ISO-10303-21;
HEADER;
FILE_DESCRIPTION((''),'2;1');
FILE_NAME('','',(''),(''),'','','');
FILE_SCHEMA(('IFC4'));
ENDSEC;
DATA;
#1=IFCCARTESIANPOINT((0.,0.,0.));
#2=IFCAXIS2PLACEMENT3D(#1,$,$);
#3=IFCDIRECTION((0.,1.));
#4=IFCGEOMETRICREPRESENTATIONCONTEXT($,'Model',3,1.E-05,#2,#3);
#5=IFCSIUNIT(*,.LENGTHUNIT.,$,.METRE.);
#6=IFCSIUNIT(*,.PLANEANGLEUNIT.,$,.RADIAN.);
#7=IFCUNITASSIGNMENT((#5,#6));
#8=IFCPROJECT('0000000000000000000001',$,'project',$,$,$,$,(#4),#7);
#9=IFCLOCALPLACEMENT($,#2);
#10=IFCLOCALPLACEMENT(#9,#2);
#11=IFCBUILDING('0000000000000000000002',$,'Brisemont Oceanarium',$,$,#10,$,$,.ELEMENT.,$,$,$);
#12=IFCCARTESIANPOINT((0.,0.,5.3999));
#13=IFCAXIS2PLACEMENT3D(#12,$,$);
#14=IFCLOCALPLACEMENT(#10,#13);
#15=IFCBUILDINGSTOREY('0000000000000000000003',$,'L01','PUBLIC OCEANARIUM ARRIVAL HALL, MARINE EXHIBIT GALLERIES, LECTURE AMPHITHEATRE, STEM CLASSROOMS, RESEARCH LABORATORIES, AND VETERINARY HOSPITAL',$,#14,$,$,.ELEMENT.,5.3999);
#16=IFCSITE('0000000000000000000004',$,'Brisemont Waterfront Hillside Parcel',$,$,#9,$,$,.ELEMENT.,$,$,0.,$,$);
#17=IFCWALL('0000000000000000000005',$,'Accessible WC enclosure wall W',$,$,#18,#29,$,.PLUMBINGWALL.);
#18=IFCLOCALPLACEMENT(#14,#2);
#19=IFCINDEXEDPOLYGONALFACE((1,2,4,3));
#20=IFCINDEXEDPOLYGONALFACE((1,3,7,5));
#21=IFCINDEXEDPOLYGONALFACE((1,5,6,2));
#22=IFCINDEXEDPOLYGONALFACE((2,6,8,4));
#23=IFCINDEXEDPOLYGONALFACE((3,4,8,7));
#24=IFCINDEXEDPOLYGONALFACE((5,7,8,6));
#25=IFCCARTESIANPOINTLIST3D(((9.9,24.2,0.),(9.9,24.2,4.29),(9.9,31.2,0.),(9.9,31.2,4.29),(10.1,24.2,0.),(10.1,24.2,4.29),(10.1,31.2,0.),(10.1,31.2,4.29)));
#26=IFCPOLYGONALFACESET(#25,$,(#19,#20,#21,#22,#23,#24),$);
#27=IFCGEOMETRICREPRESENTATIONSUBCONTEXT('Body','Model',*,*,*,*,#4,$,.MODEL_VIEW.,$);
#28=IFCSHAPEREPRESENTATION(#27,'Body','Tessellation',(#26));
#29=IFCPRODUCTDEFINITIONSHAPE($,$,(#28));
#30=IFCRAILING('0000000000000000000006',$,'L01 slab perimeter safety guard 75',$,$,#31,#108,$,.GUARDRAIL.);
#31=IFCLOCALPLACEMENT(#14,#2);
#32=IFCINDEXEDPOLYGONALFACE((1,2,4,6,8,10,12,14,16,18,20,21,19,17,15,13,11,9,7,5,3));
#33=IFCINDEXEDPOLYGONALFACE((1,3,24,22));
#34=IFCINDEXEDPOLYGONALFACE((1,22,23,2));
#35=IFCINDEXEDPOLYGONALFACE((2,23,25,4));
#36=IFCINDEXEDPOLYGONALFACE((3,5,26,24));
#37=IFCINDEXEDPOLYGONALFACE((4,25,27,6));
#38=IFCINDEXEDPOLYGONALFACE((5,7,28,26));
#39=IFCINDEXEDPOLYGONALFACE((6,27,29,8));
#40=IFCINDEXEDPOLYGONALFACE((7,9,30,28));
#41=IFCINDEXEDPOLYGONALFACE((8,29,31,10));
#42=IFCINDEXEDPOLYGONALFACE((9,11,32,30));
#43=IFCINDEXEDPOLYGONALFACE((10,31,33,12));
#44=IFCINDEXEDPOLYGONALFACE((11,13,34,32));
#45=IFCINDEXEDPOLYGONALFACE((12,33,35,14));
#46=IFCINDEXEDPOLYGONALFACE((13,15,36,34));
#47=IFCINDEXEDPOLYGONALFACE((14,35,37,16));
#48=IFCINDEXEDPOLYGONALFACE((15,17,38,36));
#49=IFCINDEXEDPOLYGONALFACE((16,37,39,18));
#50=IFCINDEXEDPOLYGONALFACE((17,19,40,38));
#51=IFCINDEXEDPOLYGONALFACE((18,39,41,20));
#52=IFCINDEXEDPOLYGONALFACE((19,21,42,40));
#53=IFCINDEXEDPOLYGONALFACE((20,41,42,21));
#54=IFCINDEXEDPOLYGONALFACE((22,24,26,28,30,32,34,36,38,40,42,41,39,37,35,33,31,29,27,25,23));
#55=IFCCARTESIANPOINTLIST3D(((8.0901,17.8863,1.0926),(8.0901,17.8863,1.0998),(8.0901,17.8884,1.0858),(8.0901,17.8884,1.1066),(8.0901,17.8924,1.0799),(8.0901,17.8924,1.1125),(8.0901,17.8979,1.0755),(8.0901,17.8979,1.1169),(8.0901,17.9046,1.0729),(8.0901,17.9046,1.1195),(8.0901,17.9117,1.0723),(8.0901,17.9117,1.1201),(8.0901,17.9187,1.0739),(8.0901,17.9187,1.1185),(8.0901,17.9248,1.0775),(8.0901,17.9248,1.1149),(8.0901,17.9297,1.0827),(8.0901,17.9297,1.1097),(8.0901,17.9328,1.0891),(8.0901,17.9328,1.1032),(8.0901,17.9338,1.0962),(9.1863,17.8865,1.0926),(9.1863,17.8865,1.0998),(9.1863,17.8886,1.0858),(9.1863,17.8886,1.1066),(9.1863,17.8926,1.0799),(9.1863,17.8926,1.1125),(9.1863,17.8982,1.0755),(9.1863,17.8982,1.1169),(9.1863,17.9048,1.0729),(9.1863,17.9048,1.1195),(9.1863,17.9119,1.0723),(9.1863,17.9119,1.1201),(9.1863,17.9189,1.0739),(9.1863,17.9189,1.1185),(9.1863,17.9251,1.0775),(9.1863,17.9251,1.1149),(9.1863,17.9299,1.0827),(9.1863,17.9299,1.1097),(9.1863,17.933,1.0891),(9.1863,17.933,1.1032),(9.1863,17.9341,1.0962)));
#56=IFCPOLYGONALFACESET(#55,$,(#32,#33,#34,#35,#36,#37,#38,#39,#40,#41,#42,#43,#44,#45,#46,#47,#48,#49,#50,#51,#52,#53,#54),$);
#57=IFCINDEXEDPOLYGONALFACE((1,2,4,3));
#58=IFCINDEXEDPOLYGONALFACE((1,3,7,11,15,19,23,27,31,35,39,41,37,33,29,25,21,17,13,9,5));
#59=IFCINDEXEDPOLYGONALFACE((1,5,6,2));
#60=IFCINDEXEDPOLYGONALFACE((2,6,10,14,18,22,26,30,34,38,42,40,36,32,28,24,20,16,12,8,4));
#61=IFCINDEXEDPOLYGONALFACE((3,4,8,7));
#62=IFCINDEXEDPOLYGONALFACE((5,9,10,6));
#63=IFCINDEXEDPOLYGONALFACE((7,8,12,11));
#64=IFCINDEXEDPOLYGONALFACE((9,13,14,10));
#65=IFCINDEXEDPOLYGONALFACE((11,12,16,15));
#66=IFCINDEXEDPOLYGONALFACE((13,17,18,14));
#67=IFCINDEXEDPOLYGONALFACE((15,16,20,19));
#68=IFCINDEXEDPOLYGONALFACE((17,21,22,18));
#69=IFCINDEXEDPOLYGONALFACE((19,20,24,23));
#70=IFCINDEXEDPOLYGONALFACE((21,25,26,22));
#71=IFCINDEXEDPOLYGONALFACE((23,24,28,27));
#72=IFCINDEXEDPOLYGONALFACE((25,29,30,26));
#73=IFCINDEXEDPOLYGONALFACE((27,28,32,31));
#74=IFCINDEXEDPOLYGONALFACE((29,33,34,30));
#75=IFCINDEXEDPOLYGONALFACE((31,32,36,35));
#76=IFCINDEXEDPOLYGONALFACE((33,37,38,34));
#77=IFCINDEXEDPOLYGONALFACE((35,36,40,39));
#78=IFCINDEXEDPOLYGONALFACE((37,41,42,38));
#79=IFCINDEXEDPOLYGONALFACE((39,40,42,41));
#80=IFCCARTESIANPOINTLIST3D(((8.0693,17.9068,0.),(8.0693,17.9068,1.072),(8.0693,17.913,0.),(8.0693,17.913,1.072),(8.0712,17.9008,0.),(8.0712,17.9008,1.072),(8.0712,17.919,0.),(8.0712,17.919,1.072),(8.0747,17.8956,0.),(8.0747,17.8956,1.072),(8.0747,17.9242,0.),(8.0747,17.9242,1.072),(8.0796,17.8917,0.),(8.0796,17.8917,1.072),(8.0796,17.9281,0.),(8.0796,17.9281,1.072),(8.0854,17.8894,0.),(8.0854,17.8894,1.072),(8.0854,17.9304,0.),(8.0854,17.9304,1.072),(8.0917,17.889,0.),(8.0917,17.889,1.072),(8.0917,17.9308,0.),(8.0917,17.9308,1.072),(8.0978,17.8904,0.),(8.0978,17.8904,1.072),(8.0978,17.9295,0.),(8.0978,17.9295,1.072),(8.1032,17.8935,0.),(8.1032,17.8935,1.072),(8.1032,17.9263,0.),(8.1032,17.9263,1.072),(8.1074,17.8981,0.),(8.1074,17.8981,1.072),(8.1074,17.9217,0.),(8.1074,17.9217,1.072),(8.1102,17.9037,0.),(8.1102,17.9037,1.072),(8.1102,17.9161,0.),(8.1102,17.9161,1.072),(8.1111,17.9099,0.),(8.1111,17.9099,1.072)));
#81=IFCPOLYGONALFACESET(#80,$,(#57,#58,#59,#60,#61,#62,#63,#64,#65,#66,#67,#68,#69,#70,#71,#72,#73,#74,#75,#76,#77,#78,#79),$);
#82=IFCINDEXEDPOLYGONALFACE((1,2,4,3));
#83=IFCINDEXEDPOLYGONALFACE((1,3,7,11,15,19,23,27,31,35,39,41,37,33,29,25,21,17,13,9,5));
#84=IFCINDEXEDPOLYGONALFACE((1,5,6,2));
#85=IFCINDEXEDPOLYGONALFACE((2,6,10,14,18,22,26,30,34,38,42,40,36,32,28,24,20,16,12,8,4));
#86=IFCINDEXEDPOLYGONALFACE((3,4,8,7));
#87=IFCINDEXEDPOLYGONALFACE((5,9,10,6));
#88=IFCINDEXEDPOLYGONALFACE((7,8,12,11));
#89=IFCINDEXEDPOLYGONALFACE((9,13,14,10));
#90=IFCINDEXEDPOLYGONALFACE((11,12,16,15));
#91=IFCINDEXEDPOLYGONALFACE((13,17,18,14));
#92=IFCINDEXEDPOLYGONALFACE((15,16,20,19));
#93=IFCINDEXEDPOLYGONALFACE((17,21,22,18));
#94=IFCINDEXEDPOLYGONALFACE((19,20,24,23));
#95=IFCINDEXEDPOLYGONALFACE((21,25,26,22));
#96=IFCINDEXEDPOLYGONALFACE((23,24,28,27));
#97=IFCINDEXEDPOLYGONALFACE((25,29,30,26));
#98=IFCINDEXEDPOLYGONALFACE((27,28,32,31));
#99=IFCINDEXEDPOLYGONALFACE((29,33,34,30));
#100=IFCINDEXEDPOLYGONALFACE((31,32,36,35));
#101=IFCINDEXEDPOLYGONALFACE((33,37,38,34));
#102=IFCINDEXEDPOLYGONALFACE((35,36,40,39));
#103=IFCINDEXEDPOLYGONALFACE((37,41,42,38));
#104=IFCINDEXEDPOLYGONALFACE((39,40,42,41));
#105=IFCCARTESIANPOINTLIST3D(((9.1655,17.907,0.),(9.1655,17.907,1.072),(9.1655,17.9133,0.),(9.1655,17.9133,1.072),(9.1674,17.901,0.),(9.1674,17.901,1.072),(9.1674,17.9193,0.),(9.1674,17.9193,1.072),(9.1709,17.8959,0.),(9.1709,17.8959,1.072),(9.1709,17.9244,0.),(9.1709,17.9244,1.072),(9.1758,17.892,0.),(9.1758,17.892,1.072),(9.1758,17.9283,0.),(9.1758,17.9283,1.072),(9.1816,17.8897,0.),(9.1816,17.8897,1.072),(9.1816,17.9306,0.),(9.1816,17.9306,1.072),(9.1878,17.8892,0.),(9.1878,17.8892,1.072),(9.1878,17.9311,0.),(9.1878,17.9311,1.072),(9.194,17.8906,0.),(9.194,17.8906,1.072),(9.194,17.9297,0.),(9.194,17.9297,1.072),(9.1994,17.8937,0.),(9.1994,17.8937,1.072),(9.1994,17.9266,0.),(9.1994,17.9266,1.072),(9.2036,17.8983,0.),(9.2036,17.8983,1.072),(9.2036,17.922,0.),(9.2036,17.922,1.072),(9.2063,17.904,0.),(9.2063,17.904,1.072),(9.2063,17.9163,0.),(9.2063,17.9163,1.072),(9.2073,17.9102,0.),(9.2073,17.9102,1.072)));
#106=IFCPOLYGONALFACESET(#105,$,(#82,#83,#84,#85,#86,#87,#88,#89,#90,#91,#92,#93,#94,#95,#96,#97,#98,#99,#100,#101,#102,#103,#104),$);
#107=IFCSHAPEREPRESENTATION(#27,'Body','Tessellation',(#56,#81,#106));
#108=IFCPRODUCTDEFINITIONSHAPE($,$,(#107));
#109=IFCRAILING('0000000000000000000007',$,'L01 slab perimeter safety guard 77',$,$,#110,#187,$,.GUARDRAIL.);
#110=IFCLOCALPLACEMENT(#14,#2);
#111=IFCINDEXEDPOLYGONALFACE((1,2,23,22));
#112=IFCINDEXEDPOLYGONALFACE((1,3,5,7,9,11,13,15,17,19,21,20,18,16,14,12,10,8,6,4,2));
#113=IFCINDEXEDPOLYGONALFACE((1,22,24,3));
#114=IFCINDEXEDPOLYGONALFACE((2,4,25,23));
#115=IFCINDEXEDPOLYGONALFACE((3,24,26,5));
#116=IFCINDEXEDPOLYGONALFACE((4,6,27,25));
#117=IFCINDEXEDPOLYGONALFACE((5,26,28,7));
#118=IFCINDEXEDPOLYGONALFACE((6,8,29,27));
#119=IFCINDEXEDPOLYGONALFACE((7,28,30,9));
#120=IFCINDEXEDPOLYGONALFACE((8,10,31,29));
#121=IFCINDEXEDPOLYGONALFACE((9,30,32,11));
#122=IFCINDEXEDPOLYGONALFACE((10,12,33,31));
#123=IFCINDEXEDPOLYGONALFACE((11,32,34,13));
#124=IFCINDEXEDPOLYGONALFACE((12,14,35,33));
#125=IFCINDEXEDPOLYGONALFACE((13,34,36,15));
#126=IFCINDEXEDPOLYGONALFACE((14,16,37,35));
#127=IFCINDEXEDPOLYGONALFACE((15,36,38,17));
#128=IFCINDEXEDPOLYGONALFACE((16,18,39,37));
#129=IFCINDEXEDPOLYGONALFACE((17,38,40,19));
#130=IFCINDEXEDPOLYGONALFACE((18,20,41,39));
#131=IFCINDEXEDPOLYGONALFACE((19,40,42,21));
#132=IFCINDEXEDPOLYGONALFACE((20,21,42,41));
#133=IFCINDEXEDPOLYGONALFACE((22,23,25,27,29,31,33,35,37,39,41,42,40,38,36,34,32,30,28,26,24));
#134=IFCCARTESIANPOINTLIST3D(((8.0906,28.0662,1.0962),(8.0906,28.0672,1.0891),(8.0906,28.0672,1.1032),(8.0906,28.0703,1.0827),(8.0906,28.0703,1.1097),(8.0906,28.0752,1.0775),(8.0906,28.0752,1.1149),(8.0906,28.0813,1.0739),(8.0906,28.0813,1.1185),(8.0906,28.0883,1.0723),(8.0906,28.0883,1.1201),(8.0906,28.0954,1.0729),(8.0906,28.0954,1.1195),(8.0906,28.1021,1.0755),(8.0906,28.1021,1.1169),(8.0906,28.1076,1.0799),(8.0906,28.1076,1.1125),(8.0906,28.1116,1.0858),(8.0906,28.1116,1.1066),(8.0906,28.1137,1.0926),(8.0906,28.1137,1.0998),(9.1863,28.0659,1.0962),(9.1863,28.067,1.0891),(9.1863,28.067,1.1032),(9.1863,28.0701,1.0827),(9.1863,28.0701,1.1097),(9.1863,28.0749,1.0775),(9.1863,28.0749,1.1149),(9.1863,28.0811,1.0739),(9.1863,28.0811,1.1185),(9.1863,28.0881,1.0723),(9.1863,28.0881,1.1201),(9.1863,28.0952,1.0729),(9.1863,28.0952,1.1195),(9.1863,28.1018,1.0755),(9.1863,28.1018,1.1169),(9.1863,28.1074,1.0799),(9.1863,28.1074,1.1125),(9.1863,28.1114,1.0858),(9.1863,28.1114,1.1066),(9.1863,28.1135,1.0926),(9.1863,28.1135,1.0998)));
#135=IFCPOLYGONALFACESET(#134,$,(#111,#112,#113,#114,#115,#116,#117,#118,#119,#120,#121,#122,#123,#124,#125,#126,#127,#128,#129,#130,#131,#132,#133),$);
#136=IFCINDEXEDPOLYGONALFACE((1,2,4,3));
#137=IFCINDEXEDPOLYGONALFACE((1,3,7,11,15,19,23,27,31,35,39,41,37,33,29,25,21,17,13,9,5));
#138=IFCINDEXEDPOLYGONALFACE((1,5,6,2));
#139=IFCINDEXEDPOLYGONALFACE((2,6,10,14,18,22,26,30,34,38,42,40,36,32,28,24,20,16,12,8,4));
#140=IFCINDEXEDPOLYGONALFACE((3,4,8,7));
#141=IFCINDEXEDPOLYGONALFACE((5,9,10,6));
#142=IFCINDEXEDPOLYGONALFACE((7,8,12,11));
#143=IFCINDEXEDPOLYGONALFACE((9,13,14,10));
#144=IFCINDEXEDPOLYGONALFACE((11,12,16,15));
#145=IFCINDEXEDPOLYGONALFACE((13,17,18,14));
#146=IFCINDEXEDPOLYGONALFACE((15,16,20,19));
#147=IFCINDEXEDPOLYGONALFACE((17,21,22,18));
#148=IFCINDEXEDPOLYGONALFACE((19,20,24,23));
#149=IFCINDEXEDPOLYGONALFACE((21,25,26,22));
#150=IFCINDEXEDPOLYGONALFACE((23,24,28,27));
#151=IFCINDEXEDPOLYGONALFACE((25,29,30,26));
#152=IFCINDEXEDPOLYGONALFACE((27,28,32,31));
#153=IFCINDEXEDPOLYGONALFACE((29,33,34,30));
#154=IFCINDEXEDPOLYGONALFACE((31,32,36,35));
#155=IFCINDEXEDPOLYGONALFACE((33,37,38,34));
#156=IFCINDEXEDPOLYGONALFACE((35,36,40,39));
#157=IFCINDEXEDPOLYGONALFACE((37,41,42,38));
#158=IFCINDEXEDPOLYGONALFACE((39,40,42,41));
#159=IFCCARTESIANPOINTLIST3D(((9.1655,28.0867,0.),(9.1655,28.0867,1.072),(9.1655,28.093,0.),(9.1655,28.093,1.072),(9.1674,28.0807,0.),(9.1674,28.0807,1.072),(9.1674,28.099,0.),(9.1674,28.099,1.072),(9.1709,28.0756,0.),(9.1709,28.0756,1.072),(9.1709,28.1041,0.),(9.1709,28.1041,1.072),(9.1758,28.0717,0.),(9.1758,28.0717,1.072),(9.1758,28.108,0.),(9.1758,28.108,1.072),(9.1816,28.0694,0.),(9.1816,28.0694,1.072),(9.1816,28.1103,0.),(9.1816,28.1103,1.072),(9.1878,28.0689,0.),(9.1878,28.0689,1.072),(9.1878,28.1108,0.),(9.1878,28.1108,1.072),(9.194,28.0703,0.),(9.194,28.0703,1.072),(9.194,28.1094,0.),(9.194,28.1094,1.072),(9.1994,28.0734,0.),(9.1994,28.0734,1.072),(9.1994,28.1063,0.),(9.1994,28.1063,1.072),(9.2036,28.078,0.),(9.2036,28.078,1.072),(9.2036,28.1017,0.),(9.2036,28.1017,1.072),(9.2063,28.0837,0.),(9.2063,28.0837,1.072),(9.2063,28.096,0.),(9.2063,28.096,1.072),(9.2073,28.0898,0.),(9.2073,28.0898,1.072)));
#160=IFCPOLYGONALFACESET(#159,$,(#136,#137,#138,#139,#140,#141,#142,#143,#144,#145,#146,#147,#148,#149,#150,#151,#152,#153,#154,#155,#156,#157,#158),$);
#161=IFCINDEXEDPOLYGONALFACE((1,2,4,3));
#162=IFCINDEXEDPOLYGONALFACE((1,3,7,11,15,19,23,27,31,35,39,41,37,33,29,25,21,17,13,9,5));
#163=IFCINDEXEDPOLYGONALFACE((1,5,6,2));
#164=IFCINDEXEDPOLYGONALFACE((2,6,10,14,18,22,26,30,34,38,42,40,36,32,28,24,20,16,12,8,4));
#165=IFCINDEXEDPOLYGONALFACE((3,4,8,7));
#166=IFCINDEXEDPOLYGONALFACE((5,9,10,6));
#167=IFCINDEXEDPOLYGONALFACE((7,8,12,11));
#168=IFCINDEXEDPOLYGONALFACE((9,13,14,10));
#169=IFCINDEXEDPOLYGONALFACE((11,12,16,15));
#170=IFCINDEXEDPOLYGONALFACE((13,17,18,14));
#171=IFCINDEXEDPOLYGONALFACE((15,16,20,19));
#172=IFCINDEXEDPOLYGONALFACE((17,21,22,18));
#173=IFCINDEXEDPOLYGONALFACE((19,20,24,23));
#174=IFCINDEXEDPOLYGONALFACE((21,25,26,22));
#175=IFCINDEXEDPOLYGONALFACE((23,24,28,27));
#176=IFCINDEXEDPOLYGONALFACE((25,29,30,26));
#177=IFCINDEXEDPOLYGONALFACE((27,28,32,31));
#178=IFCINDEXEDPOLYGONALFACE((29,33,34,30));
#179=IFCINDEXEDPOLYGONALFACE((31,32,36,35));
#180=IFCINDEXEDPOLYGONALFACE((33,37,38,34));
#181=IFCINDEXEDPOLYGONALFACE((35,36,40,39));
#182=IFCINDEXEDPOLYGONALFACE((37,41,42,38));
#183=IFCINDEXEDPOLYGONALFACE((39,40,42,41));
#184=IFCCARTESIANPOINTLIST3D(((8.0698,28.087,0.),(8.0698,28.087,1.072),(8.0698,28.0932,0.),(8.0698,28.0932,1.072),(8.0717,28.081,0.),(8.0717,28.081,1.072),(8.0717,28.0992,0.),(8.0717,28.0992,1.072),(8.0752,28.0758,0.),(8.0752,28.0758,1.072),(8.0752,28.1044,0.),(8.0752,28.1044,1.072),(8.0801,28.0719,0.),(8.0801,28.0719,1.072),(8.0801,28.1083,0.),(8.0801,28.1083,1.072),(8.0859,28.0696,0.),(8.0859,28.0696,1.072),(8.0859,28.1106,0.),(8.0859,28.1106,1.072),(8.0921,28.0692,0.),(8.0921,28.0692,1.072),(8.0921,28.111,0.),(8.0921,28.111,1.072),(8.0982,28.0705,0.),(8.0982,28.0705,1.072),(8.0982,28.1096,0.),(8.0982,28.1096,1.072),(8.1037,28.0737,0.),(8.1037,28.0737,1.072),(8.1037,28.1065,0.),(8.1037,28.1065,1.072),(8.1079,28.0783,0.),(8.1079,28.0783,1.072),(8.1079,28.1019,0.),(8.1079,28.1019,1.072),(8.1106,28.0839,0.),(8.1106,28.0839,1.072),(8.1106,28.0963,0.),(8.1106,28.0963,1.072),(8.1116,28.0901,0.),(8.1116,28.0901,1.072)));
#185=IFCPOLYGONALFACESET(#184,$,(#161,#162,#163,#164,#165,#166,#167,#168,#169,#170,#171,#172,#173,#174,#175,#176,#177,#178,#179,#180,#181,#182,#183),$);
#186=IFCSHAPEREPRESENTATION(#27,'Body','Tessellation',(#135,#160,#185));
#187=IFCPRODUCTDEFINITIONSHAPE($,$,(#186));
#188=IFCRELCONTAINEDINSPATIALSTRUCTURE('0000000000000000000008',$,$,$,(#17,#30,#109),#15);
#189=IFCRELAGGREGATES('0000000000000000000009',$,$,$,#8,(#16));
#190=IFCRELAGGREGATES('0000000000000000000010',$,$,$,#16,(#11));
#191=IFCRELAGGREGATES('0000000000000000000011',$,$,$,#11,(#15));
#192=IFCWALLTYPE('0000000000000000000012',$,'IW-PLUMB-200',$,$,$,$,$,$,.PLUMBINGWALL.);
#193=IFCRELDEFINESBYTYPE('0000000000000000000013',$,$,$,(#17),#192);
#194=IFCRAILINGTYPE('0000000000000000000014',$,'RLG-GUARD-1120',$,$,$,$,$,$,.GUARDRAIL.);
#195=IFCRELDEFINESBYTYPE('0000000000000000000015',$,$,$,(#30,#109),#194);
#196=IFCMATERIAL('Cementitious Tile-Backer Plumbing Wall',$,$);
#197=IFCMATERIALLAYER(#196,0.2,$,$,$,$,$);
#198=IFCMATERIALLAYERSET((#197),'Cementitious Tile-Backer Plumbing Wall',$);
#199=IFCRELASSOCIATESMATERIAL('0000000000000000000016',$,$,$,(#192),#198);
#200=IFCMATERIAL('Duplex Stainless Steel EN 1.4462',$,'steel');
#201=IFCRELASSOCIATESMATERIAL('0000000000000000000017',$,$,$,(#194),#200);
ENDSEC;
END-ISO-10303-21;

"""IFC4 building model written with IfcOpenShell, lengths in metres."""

from ifc_helpers import new_model, si_unit, direction, frame, frame_2d, origin, origin_2d, place, context, subcontext, project, spatial, rectangle, circle, extrude, material, layer, layer_set, type_object, element, save


model = new_model("IFC4")

# Units and contexts
model_context = context("Model", 3, precision=1e-05, world=origin(), true_north=direction((0.0, 1.0)))
body_context = subcontext(model_context, "Body", "Model", "MODEL_VIEW")
ifc_project = project(units=[si_unit("LENGTHUNIT", "METRE"), si_unit("PLANEANGLEUNIT", "RADIAN")], contexts=[model_context])

# Site, building, storey
site_placement = place(None, origin())
site = spatial("IfcSite", under=ifc_project, at=site_placement, Name="Brisemont Waterfront Hillside Parcel", CompositionType="ELEMENT", RefElevation=0.0)
building_placement = place(site_placement, origin())
building = spatial("IfcBuilding", under=site, at=building_placement, Name="Brisemont Oceanarium", CompositionType="ELEMENT")
storey_placement = place(building_placement, frame((0.0, 0.0, 5.3999)))
storey = spatial("IfcBuildingStorey", under=building, at=storey_placement, Name="L01", Description="PUBLIC OCEANARIUM ARRIVAL HALL, MARINE EXHIBIT GALLERIES, LECTURE AMPHITHEATRE, STEM CLASSROOMS, RESEARCH LABORATORIES, AND VETERINARY HOSPITAL", CompositionType="ELEMENT", Elevation=5.3999)

# Shared definitions
ifc_material_1 = material(Name="Cementitious Tile-Backer Plumbing Wall")
ifc_layer_1 = layer(ifc_material_1, 0.2)
ifc_layer_set_1 = layer_set([ifc_layer_1], Name="Cementitious Tile-Backer Plumbing Wall")
wall_type_1 = type_object("IfcWallType", Name="IW-PLUMB-200", PredefinedType="PLUMBINGWALL", material=ifc_layer_set_1)

# Wall
wall_1_placement = place(storey_placement, frame((10.0, 24.2, 0.0), z_axis=(0.0, 0.0, 1.0), x_axis=(0.0, 1.0, 0.0)))
element("IfcWall", 1, at=wall_1_placement, inside=storey, type_object=wall_type_1, Name="Accessible WC enclosure wall W", PredefinedType="PLUMBINGWALL", context=body_context, shape_type="SweptSolid", body=[
    extrude(rectangle(XDim=7.0, YDim=0.2, at=frame_2d((3.5, 0.0))), origin(), (0.0, 0.0, 1.0), 4.29),
])

# Railings
ifc_material_2 = material(Name="Duplex Stainless Steel EN 1.4462", Category="steel")
railing_type_1 = type_object("IfcRailingType", Name="RLG-GUARD-1120", PredefinedType="GUARDRAIL", material=ifc_material_2)
railing_1_placement = place(storey_placement, frame((8.0901, 17.9099, 0.0)))
element("IfcRailing", 2, at=railing_1_placement, inside=storey, type_object=railing_type_1, Name="L01 slab perimeter safety guard 75", PredefinedType="GUARDRAIL", context=body_context, shape_type="SweptSolid", body=[
    extrude(circle(Radius=0.0239, at=origin_2d()), frame((0.0, 0.0, 1.0962), z_axis=(1.0, 0.000223, 0.0), x_axis=(-0.000223, 1.0, 0.0)), (0.0, 0.0, 1.0), 1.0962),
    extrude(circle(Radius=0.021, at=origin_2d()), origin(), (0.0, 0.0, 1.0), 1.072),
    extrude(circle(Radius=0.021, at=origin_2d()), frame((1.0962, 0.0002, 0.0)), (0.0, 0.0, 1.0), 1.072),
])
railing_2_placement = place(storey_placement, frame((9.1863, 28.0898, 0.0)))
element("IfcRailing", 3, at=railing_2_placement, inside=storey, type_object=railing_type_1, Name="L01 slab perimeter safety guard 77", PredefinedType="GUARDRAIL", context=body_context, shape_type="SweptSolid", body=[
    extrude(circle(Radius=0.0239, at=origin_2d()), frame((0.0, 0.0, 1.0962), z_axis=(-1.0, 0.000223, 0.0), x_axis=(-0.000223, -1.0, 0.0)), (0.0, 0.0, 1.0), 1.0957),
    extrude(circle(Radius=0.021, at=origin_2d()), origin(), (0.0, 0.0, 1.0), 1.072),
    extrude(circle(Radius=0.021, at=origin_2d()), frame((-1.0957, 0.0002, 0.0)), (0.0, 0.0, 1.0), 1.072),
])

save(model, "model.ifc")
